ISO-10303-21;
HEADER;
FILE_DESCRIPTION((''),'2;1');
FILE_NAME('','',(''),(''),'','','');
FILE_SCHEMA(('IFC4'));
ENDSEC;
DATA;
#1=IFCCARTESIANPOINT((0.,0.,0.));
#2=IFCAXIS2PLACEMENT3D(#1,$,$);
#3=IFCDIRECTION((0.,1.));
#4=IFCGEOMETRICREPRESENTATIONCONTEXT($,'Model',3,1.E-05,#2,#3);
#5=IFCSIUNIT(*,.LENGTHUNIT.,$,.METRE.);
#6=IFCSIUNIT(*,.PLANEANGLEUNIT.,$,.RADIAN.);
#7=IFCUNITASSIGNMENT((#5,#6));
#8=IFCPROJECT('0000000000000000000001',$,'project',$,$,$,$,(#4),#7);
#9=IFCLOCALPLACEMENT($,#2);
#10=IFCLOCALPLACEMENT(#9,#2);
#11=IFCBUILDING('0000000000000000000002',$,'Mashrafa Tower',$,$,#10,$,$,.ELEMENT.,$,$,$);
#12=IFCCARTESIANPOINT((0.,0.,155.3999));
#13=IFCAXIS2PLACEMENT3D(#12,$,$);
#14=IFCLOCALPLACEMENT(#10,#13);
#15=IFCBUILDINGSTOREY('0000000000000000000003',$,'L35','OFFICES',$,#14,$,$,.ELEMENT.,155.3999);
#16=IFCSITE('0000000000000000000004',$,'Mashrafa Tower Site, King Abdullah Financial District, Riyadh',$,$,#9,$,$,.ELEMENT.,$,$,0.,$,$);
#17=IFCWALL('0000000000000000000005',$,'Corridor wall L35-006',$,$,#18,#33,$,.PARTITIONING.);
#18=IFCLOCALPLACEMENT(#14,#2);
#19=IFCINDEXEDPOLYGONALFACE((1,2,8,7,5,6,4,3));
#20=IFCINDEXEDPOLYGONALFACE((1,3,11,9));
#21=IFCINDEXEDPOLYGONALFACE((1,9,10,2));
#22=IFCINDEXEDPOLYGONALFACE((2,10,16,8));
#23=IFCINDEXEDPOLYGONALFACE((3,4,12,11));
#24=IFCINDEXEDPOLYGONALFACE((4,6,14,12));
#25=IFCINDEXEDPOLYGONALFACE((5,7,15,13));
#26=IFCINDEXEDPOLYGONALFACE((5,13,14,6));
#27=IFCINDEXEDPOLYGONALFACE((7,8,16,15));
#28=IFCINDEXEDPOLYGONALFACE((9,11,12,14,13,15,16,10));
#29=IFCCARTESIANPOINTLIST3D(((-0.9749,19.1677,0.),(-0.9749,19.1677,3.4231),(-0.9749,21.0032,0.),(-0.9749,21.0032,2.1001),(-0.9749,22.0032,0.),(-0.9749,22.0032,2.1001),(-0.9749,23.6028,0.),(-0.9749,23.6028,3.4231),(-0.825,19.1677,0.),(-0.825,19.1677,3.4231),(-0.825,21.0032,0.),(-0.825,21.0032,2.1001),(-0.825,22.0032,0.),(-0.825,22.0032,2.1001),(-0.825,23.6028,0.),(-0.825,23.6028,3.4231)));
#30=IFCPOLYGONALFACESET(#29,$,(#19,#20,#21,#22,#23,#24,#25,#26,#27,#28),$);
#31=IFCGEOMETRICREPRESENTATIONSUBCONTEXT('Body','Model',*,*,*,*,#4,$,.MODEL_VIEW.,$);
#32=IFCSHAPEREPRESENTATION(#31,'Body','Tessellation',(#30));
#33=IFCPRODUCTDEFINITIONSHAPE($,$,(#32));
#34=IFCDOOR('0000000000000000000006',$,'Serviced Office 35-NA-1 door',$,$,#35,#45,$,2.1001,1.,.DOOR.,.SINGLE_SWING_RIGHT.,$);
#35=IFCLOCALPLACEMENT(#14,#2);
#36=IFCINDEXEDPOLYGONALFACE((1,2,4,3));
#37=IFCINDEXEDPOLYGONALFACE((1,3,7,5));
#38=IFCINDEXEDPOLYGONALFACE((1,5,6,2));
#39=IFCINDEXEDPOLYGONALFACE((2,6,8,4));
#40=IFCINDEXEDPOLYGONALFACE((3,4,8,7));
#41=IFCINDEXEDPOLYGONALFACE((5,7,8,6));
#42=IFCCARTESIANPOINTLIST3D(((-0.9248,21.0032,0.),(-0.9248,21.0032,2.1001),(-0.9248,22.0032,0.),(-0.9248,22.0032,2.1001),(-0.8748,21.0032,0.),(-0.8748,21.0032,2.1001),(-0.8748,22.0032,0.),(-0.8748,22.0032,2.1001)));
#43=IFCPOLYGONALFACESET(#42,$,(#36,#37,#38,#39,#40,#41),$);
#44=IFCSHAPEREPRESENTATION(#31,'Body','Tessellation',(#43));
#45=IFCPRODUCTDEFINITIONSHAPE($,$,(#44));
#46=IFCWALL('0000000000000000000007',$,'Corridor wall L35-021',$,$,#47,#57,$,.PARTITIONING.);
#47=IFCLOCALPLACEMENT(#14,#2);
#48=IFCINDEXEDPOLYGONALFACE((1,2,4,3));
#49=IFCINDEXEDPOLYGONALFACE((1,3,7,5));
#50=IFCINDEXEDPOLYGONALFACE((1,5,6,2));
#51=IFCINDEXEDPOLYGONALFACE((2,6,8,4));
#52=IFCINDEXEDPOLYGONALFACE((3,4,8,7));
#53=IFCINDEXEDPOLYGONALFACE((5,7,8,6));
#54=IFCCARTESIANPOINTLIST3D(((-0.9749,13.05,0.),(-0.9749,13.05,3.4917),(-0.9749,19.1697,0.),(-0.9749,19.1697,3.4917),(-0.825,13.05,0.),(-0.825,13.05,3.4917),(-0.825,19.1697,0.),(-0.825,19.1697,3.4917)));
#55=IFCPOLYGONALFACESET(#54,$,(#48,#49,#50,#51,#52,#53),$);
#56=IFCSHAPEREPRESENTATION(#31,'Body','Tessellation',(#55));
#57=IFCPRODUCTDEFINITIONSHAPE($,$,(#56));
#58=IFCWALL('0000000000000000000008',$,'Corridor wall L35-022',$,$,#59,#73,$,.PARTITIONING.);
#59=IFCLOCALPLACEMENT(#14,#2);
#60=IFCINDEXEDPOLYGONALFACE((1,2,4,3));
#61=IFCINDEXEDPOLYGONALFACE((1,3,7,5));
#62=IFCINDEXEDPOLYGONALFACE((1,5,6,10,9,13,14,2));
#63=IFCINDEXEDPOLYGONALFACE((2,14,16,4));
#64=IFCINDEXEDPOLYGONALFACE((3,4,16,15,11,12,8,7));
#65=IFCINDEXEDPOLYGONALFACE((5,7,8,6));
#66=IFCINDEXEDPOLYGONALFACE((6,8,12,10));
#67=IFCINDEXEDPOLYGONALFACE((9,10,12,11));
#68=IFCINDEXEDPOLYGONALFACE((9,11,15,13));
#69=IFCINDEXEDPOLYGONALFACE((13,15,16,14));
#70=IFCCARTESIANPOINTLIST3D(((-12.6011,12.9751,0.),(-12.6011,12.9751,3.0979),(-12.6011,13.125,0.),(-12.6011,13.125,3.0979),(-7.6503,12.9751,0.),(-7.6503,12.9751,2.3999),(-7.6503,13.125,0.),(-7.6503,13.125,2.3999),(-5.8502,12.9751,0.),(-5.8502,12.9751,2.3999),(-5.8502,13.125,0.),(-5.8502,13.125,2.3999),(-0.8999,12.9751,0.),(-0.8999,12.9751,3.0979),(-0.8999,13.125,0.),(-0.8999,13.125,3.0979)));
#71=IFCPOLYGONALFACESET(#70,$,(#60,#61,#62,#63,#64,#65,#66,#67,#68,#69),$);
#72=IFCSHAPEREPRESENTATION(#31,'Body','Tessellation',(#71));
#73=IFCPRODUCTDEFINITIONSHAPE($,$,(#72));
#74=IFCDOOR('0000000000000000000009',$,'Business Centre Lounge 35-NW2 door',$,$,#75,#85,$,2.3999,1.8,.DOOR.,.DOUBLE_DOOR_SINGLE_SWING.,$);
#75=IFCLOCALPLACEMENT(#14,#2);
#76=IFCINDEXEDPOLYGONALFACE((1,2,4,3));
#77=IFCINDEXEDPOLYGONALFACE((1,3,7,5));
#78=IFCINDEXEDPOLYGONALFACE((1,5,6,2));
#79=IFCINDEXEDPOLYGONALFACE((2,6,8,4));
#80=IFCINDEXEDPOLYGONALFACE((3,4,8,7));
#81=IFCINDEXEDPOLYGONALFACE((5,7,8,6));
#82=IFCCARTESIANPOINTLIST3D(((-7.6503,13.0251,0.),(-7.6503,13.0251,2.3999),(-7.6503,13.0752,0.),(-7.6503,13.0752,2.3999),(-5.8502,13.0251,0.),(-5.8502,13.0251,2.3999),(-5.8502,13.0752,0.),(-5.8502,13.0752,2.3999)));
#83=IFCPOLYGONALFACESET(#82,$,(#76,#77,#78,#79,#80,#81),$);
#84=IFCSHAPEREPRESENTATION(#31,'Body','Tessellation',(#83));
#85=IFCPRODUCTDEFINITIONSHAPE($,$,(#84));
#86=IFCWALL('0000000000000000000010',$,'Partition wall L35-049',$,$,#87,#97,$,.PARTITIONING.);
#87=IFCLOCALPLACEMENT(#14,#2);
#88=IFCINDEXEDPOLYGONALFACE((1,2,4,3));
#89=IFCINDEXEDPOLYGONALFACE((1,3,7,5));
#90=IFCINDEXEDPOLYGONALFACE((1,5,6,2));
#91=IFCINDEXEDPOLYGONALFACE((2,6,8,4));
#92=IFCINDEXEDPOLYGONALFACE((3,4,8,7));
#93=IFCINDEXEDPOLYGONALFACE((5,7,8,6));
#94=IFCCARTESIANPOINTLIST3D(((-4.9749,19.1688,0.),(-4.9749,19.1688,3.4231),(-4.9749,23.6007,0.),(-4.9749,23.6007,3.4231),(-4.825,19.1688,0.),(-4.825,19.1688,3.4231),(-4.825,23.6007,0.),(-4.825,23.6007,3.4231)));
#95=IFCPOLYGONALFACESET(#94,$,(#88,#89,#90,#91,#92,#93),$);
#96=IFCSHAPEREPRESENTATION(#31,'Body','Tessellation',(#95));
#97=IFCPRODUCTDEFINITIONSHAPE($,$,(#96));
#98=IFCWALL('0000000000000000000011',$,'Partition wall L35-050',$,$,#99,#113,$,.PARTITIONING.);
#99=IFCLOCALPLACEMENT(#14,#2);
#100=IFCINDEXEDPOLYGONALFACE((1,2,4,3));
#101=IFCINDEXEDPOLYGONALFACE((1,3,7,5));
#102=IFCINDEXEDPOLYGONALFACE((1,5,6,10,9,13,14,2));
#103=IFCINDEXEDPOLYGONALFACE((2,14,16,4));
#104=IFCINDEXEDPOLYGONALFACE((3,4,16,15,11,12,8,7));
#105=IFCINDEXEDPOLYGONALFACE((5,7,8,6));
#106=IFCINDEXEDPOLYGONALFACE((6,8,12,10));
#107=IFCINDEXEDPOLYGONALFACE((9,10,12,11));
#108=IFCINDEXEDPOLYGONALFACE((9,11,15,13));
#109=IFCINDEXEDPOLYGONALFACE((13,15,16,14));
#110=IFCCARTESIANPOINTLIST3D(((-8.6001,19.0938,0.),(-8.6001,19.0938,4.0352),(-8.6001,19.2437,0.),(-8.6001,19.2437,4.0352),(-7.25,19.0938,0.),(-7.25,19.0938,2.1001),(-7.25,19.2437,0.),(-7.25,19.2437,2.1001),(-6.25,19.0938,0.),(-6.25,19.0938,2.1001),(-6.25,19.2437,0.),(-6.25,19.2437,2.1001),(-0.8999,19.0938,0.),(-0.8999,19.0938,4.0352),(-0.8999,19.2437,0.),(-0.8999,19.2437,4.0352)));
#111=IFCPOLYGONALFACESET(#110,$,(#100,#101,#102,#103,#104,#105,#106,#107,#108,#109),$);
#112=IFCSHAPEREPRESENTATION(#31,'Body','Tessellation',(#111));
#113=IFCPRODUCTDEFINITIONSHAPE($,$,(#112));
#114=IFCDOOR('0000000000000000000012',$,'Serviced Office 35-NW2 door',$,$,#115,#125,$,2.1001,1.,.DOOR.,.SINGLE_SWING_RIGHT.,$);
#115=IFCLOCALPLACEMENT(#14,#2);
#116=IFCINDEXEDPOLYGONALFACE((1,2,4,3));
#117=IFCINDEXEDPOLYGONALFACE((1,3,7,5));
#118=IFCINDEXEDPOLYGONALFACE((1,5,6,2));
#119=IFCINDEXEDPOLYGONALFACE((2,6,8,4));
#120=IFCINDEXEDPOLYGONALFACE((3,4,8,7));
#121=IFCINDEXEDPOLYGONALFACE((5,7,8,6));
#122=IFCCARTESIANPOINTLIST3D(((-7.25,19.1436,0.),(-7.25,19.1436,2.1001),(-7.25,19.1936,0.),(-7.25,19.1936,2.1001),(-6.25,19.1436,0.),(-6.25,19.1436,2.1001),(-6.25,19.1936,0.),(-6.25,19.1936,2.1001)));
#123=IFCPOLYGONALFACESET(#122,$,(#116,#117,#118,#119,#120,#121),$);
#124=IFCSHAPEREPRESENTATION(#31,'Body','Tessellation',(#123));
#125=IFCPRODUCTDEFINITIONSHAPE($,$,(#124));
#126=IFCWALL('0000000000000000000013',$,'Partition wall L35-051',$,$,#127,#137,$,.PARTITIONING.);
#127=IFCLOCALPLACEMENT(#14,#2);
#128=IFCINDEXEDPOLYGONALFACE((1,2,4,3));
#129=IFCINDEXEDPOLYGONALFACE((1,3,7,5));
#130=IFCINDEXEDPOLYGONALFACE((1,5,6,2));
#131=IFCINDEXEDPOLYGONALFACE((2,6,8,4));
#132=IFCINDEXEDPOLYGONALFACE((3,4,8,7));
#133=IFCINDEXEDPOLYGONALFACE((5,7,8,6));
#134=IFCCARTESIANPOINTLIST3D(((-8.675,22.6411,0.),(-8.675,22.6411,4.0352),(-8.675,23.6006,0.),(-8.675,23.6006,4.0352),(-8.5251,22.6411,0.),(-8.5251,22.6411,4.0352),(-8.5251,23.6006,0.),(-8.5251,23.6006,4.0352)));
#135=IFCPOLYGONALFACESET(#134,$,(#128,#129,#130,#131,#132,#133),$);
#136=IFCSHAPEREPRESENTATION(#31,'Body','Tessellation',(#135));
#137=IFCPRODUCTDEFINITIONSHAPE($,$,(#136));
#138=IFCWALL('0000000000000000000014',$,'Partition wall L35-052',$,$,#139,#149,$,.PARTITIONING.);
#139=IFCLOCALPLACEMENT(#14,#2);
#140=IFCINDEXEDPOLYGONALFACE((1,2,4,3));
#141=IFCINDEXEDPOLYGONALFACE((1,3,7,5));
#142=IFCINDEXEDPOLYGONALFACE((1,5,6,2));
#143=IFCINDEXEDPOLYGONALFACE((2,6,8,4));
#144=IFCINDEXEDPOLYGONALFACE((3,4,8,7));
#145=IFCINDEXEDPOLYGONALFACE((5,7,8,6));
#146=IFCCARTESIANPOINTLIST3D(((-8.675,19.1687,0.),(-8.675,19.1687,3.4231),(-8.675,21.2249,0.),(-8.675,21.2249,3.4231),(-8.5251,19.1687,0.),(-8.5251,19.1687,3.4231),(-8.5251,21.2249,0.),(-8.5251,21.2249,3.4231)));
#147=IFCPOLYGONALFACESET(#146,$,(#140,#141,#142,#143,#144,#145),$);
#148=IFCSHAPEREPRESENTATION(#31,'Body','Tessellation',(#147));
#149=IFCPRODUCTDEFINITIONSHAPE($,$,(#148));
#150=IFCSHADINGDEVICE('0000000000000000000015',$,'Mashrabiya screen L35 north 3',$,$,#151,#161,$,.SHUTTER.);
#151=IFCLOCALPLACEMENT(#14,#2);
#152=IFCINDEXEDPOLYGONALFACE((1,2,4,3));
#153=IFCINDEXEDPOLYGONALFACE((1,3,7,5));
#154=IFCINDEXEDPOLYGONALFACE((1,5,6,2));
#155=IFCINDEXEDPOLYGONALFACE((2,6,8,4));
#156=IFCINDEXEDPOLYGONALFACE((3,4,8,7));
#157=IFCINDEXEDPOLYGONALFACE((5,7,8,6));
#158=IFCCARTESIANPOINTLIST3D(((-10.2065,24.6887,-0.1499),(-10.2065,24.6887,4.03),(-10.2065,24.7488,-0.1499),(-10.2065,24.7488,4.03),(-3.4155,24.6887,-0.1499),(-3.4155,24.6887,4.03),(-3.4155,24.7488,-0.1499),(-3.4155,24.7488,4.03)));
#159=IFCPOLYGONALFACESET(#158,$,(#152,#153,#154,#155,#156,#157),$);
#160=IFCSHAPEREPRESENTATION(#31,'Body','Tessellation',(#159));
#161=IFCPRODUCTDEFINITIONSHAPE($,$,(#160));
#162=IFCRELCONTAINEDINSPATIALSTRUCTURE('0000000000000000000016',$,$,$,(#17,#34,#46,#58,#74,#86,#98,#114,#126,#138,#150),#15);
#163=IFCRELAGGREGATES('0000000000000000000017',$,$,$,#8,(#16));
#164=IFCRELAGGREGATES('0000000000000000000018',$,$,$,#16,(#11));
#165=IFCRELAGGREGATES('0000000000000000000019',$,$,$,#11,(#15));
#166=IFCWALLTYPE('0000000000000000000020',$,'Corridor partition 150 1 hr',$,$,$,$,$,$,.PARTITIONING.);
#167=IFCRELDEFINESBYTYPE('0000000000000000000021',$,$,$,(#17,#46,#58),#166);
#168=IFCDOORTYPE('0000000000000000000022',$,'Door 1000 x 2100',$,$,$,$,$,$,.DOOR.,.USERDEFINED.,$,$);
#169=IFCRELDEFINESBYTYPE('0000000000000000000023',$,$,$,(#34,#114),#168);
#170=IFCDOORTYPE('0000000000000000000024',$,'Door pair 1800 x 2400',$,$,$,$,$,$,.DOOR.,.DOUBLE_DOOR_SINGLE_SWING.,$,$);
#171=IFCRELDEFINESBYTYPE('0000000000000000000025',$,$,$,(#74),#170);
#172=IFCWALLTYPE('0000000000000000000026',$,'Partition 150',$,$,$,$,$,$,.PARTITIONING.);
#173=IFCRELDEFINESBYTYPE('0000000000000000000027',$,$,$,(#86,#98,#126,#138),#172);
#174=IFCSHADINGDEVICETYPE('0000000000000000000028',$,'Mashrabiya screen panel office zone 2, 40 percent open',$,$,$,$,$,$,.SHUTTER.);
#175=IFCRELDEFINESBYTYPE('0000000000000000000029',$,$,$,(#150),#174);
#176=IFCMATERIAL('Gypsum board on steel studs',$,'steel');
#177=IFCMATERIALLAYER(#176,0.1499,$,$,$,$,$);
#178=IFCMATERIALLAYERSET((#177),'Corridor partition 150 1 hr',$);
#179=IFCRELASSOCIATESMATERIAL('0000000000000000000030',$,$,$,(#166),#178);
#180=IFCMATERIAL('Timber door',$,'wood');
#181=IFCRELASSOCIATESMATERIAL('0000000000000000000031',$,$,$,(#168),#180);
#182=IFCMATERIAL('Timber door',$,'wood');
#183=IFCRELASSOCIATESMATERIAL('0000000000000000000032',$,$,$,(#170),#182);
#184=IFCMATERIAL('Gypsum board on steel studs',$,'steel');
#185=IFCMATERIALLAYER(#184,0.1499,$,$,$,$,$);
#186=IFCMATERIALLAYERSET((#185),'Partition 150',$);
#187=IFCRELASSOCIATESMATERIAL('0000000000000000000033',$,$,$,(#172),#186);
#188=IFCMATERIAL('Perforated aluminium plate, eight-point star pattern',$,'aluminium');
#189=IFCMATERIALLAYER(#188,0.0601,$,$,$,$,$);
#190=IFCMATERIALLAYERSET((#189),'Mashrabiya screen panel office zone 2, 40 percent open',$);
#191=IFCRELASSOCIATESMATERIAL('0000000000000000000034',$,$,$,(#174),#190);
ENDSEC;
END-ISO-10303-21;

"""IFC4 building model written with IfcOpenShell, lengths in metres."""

from ifc_helpers import new_model, si_unit, direction, frame, frame_2d, origin, origin_2d, place, context, subcontext, project, spatial, rectangle, extrude, source, transform, mapped, material, layer, layer_set, type_object, type_shapes, element, fill, save


model = new_model("IFC4")

# Units and contexts
model_context = context("Model", 3, precision=1e-05, world=origin(), true_north=direction((0.0, 1.0)))
body_context = subcontext(model_context, "Body", "Model", "MODEL_VIEW")
ifc_project = project(units=[si_unit("LENGTHUNIT", "METRE"), si_unit("PLANEANGLEUNIT", "RADIAN")], contexts=[model_context])

# Site, building, storey
site_placement = place(None, origin())
site = spatial("IfcSite", under=ifc_project, at=site_placement, Name="Mashrafa Tower Site, King Abdullah Financial District, Riyadh", CompositionType="ELEMENT", RefElevation=0.0)
building_placement = place(site_placement, origin())
building = spatial("IfcBuilding", under=site, at=building_placement, Name="Mashrafa Tower", CompositionType="ELEMENT")
storey_placement = place(building_placement, frame((0.0, 0.0, 155.3999)))
storey = spatial("IfcBuildingStorey", under=building, at=storey_placement, Name="L35", Description="OFFICES", CompositionType="ELEMENT", Elevation=155.3999)

# Wall, opening, door
ifc_material_1 = material(Name="Gypsum board on steel studs", Category="steel")
ifc_layer_1 = layer(ifc_material_1, 0.1499)
ifc_layer_set_1 = layer_set([ifc_layer_1], Name="Corridor partition 150 1 hr")
wall_type_1 = type_object("IfcWallType", Name="Corridor partition 150 1 hr", PredefinedType="PARTITIONING", material=ifc_layer_set_1)
wall_1_placement = place(storey_placement, frame((-0.8999, 23.6028, 0.0), z_axis=(0.0, 0.0, 1.0), x_axis=(0.0, -1.0, 0.0)))
wall_1 = element("IfcWall", 1, at=wall_1_placement, inside=storey, type_object=wall_type_1, Name="Corridor wall L35-006", PredefinedType="PARTITIONING", context=body_context, shape_type="SweptSolid", body=[
    extrude(rectangle(XDim=4.4351, YDim=0.1499, at=frame_2d((2.2175, 0.0))), origin(), (0.0, 0.0, 1.0), 3.4231),
])
opening_1_placement = place(wall_1_placement, frame((1.5996, 0.0, 0.0)))
opening_1 = element("IfcOpeningElement", 2, at=opening_1_placement, cuts=wall_1, PredefinedType="OPENING", context=body_context, shape_type="SweptSolid", body=[
    extrude(rectangle(XDim=1.0, YDim=2.1001, at=frame_2d((0.5, 1.05))), frame((0.0, 0.085, 0.0), z_axis=(0.0, -1.0, 0.0), x_axis=(1.0, 0.0, 0.0)), (0.0, 0.0, 1.0), 0.1699),
])
ifc_material_2 = material(Name="Timber door", Category="wood")
door_type_1 = type_object("IfcDoorType", Name="Door 1000 x 2100", OperationType="USERDEFINED", PredefinedType="DOOR", material=ifc_material_2)
door_1_placement = place(opening_1_placement, frame((1.0, 0.0, 0.0), z_axis=(0.0, 0.0, 1.0), x_axis=(-1.0, 0.0, 0.0)))
door_1 = element("IfcDoor", 3, at=door_1_placement, inside=storey, type_object=door_type_1, Name="Serviced Office 35-NA-1 door", OperationType="SINGLE_SWING_RIGHT", OverallHeight=2.1001, OverallWidth=1.0, PredefinedType="DOOR", context=body_context, shape_type="SweptSolid", body=[
    extrude(rectangle(XDim=1.0, YDim=2.1001, at=frame_2d((0.5, 1.05))), frame((0.0, 0.0249, 0.0), z_axis=(0.0, -1.0, 0.0), x_axis=(1.0, 0.0, 0.0)), (0.0, 0.0, 1.0), 0.05),
])
fill(opening_1, door_1)

# Wall
wall_2_placement = place(storey_placement, frame((-0.8999, 19.1697, 0.0), z_axis=(0.0, 0.0, 1.0), x_axis=(0.0, -1.0, 0.0)))
element("IfcWall", 4, at=wall_2_placement, inside=storey, type_object=wall_type_1, Name="Corridor wall L35-021", PredefinedType="PARTITIONING", context=body_context, shape_type="SweptSolid", body=[
    extrude(rectangle(XDim=6.1196, YDim=0.1499, at=frame_2d((3.0598, 0.0))), origin(), (0.0, 0.0, 1.0), 3.4917),
])

# Wall, opening, door
wall_3_placement = place(storey_placement, frame((-0.8999, 13.05, 0.0), z_axis=(0.0, 0.0, 1.0), x_axis=(-1.0, 0.0, 0.0)))
wall_3 = element("IfcWall", 5, at=wall_3_placement, inside=storey, type_object=wall_type_1, Name="Corridor wall L35-022", PredefinedType="PARTITIONING", context=body_context, shape_type="SweptSolid", body=[
    extrude(rectangle(XDim=11.7012, YDim=0.1499, at=frame_2d((5.8506, 0.0))), origin(), (0.0, 0.0, 1.0), 3.0979),
])
opening_2_placement = place(wall_3_placement, frame((4.9504, 0.0, 0.0)))
opening_2 = element("IfcOpeningElement", 6, at=opening_2_placement, cuts=wall_3, PredefinedType="OPENING", context=body_context, shape_type="SweptSolid", body=[
    extrude(rectangle(XDim=1.8, YDim=2.3999, at=frame_2d((0.8999, 1.2))), frame((0.0, 0.085, 0.0), z_axis=(0.0, -1.0, 0.0), x_axis=(1.0, 0.0, 0.0)), (0.0, 0.0, 1.0), 0.1699),
])
ifc_material_3 = material(Name="Timber door", Category="wood")
door_type_2 = type_object("IfcDoorType", Name="Door pair 1800 x 2400", OperationType="DOUBLE_DOOR_SINGLE_SWING", PredefinedType="DOOR", material=ifc_material_3)
door_2_placement = place(opening_2_placement, origin())
door_2 = element("IfcDoor", 7, at=door_2_placement, inside=storey, type_object=door_type_2, Name="Business Centre Lounge 35-NW2 door", OperationType="DOUBLE_DOOR_SINGLE_SWING", OverallHeight=2.3999, OverallWidth=1.8, PredefinedType="DOOR", context=body_context, shape_type="SweptSolid", body=[
    extrude(rectangle(XDim=1.8, YDim=2.3999, at=frame_2d((0.8999, 1.2))), frame((0.0, 0.0249, 0.0), z_axis=(0.0, -1.0, 0.0), x_axis=(1.0, 0.0, 0.0)), (0.0, 0.0, 1.0), 0.05),
])
fill(opening_2, door_2)

# Wall
ifc_material_4 = material(Name="Gypsum board on steel studs", Category="steel")
ifc_layer_2 = layer(ifc_material_4, 0.1499)
ifc_layer_set_2 = layer_set([ifc_layer_2], Name="Partition 150")
wall_type_2 = type_object("IfcWallType", Name="Partition 150", PredefinedType="PARTITIONING", material=ifc_layer_set_2)
wall_4_placement = place(storey_placement, frame((-4.8999, 23.6006, 0.0), z_axis=(0.0, 0.0, 1.0), x_axis=(0.0, -1.0, 0.0)))
element("IfcWall", 8, at=wall_4_placement, inside=storey, type_object=wall_type_2, Name="Partition wall L35-049", PredefinedType="PARTITIONING", context=body_context, shape_type="SweptSolid", body=[
    extrude(rectangle(XDim=4.4319, YDim=0.1499, at=frame_2d((2.2158, 0.0))), origin(), (0.0, 0.0, 1.0), 3.4231),
])

# Wall, opening, door
wall_5_placement = place(storey_placement, frame((-0.8999, 19.1687, 0.0), z_axis=(0.0, 0.0, 1.0), x_axis=(-1.0, 0.0, 0.0)))
wall_5 = element("IfcWall", 9, at=wall_5_placement, inside=storey, type_object=wall_type_2, Name="Partition wall L35-050", PredefinedType="PARTITIONING", context=body_context, shape_type="SweptSolid", body=[
    extrude(rectangle(XDim=7.7002, YDim=0.1499, at=frame_2d((3.8501, 0.0))), origin(), (0.0, 0.0, 1.0), 4.0352),
])
opening_3_placement = place(wall_5_placement, frame((5.3501, 0.0, 0.0)))
opening_3 = element("IfcOpeningElement", 10, at=opening_3_placement, cuts=wall_5, PredefinedType="OPENING", context=body_context, shape_type="SweptSolid", body=[
    extrude(rectangle(XDim=1.0, YDim=2.1001, at=frame_2d((0.5, 1.05))), frame((0.0, 0.085, 0.0), z_axis=(0.0, -1.0, 0.0), x_axis=(1.0, 0.0, 0.0)), (0.0, 0.0, 1.0), 0.1699),
])
door_3_placement = place(opening_3_placement, frame((1.0, 0.0, 0.0), z_axis=(0.0, 0.0, 1.0), x_axis=(-1.0, 0.0, 0.0)))
door_3 = element("IfcDoor", 11, at=door_3_placement, inside=storey, type_object=door_type_1, Name="Serviced Office 35-NW2 door", OperationType="SINGLE_SWING_RIGHT", OverallHeight=2.1001, OverallWidth=1.0, PredefinedType="DOOR", context=body_context, shape_type="SweptSolid", body=[
    extrude(rectangle(XDim=1.0, YDim=2.1001, at=frame_2d((0.5, 1.05))), frame((0.0, 0.0249, 0.0), z_axis=(0.0, -1.0, 0.0), x_axis=(1.0, 0.0, 0.0)), (0.0, 0.0, 1.0), 0.05),
])
fill(opening_3, door_3)

# Walls
wall_6_placement = place(storey_placement, frame((-8.6001, 23.6006, 0.0), z_axis=(0.0, 0.0, 1.0), x_axis=(0.0, -1.0, 0.0)))
element("IfcWall", 12, at=wall_6_placement, inside=storey, type_object=wall_type_2, Name="Partition wall L35-051", PredefinedType="PARTITIONING", context=body_context, shape_type="SweptSolid", body=[
    extrude(rectangle(XDim=0.9595, YDim=0.1499, at=frame_2d((0.4797, 0.0))), origin(), (0.0, 0.0, 1.0), 4.0352),
])
wall_7_placement = place(storey_placement, frame((-8.6001, 21.2249, 0.0), z_axis=(0.0, 0.0, 1.0), x_axis=(0.0, -1.0, 0.0)))
element("IfcWall", 13, at=wall_7_placement, inside=storey, type_object=wall_type_2, Name="Partition wall L35-052", PredefinedType="PARTITIONING", context=body_context, shape_type="SweptSolid", body=[
    extrude(rectangle(XDim=2.0562, YDim=0.1499, at=frame_2d((1.0281, 0.0))), origin(), (0.0, 0.0, 1.0), 3.4231),
])

# Shading device
ifc_material_5 = material(Name="Perforated aluminium plate, eight-point star pattern", Category="aluminium")
ifc_layer_3 = layer(ifc_material_5, 0.0601)
ifc_layer_set_3 = layer_set([ifc_layer_3], Name="Mashrabiya screen panel office zone 2, 40 percent open")
shading_device_type = type_object("IfcShadingDeviceType", Name="Mashrabiya screen panel office zone 2, 40 percent open", PredefinedType="SHUTTER", material=ifc_layer_set_3)
shared_shape_1 = source(origin(), body_context, "Body", "SweptSolid", [
    extrude(rectangle(XDim=6.791, YDim=0.0601, at=origin_2d()), origin(), (0.0, 0.0, 1.0), 4.1799),
])
type_shapes(shading_device_type, [shared_shape_1])
shading_device_placement = place(storey_placement, frame((-6.811, 24.7188, -0.1499), z_axis=(0.0, 0.0, 1.0), x_axis=(-1.0, 0.0, 0.0)))
element("IfcShadingDevice", 14, at=shading_device_placement, inside=storey, type_object=shading_device_type, Name="Mashrabiya screen L35 north 3", PredefinedType="SHUTTER", context=body_context, shape_type="MappedRepresentation", body=[
    mapped(shared_shape_1, transform((0.0, 0.0, 0.0))),
])

save(model, "model.ifc")
